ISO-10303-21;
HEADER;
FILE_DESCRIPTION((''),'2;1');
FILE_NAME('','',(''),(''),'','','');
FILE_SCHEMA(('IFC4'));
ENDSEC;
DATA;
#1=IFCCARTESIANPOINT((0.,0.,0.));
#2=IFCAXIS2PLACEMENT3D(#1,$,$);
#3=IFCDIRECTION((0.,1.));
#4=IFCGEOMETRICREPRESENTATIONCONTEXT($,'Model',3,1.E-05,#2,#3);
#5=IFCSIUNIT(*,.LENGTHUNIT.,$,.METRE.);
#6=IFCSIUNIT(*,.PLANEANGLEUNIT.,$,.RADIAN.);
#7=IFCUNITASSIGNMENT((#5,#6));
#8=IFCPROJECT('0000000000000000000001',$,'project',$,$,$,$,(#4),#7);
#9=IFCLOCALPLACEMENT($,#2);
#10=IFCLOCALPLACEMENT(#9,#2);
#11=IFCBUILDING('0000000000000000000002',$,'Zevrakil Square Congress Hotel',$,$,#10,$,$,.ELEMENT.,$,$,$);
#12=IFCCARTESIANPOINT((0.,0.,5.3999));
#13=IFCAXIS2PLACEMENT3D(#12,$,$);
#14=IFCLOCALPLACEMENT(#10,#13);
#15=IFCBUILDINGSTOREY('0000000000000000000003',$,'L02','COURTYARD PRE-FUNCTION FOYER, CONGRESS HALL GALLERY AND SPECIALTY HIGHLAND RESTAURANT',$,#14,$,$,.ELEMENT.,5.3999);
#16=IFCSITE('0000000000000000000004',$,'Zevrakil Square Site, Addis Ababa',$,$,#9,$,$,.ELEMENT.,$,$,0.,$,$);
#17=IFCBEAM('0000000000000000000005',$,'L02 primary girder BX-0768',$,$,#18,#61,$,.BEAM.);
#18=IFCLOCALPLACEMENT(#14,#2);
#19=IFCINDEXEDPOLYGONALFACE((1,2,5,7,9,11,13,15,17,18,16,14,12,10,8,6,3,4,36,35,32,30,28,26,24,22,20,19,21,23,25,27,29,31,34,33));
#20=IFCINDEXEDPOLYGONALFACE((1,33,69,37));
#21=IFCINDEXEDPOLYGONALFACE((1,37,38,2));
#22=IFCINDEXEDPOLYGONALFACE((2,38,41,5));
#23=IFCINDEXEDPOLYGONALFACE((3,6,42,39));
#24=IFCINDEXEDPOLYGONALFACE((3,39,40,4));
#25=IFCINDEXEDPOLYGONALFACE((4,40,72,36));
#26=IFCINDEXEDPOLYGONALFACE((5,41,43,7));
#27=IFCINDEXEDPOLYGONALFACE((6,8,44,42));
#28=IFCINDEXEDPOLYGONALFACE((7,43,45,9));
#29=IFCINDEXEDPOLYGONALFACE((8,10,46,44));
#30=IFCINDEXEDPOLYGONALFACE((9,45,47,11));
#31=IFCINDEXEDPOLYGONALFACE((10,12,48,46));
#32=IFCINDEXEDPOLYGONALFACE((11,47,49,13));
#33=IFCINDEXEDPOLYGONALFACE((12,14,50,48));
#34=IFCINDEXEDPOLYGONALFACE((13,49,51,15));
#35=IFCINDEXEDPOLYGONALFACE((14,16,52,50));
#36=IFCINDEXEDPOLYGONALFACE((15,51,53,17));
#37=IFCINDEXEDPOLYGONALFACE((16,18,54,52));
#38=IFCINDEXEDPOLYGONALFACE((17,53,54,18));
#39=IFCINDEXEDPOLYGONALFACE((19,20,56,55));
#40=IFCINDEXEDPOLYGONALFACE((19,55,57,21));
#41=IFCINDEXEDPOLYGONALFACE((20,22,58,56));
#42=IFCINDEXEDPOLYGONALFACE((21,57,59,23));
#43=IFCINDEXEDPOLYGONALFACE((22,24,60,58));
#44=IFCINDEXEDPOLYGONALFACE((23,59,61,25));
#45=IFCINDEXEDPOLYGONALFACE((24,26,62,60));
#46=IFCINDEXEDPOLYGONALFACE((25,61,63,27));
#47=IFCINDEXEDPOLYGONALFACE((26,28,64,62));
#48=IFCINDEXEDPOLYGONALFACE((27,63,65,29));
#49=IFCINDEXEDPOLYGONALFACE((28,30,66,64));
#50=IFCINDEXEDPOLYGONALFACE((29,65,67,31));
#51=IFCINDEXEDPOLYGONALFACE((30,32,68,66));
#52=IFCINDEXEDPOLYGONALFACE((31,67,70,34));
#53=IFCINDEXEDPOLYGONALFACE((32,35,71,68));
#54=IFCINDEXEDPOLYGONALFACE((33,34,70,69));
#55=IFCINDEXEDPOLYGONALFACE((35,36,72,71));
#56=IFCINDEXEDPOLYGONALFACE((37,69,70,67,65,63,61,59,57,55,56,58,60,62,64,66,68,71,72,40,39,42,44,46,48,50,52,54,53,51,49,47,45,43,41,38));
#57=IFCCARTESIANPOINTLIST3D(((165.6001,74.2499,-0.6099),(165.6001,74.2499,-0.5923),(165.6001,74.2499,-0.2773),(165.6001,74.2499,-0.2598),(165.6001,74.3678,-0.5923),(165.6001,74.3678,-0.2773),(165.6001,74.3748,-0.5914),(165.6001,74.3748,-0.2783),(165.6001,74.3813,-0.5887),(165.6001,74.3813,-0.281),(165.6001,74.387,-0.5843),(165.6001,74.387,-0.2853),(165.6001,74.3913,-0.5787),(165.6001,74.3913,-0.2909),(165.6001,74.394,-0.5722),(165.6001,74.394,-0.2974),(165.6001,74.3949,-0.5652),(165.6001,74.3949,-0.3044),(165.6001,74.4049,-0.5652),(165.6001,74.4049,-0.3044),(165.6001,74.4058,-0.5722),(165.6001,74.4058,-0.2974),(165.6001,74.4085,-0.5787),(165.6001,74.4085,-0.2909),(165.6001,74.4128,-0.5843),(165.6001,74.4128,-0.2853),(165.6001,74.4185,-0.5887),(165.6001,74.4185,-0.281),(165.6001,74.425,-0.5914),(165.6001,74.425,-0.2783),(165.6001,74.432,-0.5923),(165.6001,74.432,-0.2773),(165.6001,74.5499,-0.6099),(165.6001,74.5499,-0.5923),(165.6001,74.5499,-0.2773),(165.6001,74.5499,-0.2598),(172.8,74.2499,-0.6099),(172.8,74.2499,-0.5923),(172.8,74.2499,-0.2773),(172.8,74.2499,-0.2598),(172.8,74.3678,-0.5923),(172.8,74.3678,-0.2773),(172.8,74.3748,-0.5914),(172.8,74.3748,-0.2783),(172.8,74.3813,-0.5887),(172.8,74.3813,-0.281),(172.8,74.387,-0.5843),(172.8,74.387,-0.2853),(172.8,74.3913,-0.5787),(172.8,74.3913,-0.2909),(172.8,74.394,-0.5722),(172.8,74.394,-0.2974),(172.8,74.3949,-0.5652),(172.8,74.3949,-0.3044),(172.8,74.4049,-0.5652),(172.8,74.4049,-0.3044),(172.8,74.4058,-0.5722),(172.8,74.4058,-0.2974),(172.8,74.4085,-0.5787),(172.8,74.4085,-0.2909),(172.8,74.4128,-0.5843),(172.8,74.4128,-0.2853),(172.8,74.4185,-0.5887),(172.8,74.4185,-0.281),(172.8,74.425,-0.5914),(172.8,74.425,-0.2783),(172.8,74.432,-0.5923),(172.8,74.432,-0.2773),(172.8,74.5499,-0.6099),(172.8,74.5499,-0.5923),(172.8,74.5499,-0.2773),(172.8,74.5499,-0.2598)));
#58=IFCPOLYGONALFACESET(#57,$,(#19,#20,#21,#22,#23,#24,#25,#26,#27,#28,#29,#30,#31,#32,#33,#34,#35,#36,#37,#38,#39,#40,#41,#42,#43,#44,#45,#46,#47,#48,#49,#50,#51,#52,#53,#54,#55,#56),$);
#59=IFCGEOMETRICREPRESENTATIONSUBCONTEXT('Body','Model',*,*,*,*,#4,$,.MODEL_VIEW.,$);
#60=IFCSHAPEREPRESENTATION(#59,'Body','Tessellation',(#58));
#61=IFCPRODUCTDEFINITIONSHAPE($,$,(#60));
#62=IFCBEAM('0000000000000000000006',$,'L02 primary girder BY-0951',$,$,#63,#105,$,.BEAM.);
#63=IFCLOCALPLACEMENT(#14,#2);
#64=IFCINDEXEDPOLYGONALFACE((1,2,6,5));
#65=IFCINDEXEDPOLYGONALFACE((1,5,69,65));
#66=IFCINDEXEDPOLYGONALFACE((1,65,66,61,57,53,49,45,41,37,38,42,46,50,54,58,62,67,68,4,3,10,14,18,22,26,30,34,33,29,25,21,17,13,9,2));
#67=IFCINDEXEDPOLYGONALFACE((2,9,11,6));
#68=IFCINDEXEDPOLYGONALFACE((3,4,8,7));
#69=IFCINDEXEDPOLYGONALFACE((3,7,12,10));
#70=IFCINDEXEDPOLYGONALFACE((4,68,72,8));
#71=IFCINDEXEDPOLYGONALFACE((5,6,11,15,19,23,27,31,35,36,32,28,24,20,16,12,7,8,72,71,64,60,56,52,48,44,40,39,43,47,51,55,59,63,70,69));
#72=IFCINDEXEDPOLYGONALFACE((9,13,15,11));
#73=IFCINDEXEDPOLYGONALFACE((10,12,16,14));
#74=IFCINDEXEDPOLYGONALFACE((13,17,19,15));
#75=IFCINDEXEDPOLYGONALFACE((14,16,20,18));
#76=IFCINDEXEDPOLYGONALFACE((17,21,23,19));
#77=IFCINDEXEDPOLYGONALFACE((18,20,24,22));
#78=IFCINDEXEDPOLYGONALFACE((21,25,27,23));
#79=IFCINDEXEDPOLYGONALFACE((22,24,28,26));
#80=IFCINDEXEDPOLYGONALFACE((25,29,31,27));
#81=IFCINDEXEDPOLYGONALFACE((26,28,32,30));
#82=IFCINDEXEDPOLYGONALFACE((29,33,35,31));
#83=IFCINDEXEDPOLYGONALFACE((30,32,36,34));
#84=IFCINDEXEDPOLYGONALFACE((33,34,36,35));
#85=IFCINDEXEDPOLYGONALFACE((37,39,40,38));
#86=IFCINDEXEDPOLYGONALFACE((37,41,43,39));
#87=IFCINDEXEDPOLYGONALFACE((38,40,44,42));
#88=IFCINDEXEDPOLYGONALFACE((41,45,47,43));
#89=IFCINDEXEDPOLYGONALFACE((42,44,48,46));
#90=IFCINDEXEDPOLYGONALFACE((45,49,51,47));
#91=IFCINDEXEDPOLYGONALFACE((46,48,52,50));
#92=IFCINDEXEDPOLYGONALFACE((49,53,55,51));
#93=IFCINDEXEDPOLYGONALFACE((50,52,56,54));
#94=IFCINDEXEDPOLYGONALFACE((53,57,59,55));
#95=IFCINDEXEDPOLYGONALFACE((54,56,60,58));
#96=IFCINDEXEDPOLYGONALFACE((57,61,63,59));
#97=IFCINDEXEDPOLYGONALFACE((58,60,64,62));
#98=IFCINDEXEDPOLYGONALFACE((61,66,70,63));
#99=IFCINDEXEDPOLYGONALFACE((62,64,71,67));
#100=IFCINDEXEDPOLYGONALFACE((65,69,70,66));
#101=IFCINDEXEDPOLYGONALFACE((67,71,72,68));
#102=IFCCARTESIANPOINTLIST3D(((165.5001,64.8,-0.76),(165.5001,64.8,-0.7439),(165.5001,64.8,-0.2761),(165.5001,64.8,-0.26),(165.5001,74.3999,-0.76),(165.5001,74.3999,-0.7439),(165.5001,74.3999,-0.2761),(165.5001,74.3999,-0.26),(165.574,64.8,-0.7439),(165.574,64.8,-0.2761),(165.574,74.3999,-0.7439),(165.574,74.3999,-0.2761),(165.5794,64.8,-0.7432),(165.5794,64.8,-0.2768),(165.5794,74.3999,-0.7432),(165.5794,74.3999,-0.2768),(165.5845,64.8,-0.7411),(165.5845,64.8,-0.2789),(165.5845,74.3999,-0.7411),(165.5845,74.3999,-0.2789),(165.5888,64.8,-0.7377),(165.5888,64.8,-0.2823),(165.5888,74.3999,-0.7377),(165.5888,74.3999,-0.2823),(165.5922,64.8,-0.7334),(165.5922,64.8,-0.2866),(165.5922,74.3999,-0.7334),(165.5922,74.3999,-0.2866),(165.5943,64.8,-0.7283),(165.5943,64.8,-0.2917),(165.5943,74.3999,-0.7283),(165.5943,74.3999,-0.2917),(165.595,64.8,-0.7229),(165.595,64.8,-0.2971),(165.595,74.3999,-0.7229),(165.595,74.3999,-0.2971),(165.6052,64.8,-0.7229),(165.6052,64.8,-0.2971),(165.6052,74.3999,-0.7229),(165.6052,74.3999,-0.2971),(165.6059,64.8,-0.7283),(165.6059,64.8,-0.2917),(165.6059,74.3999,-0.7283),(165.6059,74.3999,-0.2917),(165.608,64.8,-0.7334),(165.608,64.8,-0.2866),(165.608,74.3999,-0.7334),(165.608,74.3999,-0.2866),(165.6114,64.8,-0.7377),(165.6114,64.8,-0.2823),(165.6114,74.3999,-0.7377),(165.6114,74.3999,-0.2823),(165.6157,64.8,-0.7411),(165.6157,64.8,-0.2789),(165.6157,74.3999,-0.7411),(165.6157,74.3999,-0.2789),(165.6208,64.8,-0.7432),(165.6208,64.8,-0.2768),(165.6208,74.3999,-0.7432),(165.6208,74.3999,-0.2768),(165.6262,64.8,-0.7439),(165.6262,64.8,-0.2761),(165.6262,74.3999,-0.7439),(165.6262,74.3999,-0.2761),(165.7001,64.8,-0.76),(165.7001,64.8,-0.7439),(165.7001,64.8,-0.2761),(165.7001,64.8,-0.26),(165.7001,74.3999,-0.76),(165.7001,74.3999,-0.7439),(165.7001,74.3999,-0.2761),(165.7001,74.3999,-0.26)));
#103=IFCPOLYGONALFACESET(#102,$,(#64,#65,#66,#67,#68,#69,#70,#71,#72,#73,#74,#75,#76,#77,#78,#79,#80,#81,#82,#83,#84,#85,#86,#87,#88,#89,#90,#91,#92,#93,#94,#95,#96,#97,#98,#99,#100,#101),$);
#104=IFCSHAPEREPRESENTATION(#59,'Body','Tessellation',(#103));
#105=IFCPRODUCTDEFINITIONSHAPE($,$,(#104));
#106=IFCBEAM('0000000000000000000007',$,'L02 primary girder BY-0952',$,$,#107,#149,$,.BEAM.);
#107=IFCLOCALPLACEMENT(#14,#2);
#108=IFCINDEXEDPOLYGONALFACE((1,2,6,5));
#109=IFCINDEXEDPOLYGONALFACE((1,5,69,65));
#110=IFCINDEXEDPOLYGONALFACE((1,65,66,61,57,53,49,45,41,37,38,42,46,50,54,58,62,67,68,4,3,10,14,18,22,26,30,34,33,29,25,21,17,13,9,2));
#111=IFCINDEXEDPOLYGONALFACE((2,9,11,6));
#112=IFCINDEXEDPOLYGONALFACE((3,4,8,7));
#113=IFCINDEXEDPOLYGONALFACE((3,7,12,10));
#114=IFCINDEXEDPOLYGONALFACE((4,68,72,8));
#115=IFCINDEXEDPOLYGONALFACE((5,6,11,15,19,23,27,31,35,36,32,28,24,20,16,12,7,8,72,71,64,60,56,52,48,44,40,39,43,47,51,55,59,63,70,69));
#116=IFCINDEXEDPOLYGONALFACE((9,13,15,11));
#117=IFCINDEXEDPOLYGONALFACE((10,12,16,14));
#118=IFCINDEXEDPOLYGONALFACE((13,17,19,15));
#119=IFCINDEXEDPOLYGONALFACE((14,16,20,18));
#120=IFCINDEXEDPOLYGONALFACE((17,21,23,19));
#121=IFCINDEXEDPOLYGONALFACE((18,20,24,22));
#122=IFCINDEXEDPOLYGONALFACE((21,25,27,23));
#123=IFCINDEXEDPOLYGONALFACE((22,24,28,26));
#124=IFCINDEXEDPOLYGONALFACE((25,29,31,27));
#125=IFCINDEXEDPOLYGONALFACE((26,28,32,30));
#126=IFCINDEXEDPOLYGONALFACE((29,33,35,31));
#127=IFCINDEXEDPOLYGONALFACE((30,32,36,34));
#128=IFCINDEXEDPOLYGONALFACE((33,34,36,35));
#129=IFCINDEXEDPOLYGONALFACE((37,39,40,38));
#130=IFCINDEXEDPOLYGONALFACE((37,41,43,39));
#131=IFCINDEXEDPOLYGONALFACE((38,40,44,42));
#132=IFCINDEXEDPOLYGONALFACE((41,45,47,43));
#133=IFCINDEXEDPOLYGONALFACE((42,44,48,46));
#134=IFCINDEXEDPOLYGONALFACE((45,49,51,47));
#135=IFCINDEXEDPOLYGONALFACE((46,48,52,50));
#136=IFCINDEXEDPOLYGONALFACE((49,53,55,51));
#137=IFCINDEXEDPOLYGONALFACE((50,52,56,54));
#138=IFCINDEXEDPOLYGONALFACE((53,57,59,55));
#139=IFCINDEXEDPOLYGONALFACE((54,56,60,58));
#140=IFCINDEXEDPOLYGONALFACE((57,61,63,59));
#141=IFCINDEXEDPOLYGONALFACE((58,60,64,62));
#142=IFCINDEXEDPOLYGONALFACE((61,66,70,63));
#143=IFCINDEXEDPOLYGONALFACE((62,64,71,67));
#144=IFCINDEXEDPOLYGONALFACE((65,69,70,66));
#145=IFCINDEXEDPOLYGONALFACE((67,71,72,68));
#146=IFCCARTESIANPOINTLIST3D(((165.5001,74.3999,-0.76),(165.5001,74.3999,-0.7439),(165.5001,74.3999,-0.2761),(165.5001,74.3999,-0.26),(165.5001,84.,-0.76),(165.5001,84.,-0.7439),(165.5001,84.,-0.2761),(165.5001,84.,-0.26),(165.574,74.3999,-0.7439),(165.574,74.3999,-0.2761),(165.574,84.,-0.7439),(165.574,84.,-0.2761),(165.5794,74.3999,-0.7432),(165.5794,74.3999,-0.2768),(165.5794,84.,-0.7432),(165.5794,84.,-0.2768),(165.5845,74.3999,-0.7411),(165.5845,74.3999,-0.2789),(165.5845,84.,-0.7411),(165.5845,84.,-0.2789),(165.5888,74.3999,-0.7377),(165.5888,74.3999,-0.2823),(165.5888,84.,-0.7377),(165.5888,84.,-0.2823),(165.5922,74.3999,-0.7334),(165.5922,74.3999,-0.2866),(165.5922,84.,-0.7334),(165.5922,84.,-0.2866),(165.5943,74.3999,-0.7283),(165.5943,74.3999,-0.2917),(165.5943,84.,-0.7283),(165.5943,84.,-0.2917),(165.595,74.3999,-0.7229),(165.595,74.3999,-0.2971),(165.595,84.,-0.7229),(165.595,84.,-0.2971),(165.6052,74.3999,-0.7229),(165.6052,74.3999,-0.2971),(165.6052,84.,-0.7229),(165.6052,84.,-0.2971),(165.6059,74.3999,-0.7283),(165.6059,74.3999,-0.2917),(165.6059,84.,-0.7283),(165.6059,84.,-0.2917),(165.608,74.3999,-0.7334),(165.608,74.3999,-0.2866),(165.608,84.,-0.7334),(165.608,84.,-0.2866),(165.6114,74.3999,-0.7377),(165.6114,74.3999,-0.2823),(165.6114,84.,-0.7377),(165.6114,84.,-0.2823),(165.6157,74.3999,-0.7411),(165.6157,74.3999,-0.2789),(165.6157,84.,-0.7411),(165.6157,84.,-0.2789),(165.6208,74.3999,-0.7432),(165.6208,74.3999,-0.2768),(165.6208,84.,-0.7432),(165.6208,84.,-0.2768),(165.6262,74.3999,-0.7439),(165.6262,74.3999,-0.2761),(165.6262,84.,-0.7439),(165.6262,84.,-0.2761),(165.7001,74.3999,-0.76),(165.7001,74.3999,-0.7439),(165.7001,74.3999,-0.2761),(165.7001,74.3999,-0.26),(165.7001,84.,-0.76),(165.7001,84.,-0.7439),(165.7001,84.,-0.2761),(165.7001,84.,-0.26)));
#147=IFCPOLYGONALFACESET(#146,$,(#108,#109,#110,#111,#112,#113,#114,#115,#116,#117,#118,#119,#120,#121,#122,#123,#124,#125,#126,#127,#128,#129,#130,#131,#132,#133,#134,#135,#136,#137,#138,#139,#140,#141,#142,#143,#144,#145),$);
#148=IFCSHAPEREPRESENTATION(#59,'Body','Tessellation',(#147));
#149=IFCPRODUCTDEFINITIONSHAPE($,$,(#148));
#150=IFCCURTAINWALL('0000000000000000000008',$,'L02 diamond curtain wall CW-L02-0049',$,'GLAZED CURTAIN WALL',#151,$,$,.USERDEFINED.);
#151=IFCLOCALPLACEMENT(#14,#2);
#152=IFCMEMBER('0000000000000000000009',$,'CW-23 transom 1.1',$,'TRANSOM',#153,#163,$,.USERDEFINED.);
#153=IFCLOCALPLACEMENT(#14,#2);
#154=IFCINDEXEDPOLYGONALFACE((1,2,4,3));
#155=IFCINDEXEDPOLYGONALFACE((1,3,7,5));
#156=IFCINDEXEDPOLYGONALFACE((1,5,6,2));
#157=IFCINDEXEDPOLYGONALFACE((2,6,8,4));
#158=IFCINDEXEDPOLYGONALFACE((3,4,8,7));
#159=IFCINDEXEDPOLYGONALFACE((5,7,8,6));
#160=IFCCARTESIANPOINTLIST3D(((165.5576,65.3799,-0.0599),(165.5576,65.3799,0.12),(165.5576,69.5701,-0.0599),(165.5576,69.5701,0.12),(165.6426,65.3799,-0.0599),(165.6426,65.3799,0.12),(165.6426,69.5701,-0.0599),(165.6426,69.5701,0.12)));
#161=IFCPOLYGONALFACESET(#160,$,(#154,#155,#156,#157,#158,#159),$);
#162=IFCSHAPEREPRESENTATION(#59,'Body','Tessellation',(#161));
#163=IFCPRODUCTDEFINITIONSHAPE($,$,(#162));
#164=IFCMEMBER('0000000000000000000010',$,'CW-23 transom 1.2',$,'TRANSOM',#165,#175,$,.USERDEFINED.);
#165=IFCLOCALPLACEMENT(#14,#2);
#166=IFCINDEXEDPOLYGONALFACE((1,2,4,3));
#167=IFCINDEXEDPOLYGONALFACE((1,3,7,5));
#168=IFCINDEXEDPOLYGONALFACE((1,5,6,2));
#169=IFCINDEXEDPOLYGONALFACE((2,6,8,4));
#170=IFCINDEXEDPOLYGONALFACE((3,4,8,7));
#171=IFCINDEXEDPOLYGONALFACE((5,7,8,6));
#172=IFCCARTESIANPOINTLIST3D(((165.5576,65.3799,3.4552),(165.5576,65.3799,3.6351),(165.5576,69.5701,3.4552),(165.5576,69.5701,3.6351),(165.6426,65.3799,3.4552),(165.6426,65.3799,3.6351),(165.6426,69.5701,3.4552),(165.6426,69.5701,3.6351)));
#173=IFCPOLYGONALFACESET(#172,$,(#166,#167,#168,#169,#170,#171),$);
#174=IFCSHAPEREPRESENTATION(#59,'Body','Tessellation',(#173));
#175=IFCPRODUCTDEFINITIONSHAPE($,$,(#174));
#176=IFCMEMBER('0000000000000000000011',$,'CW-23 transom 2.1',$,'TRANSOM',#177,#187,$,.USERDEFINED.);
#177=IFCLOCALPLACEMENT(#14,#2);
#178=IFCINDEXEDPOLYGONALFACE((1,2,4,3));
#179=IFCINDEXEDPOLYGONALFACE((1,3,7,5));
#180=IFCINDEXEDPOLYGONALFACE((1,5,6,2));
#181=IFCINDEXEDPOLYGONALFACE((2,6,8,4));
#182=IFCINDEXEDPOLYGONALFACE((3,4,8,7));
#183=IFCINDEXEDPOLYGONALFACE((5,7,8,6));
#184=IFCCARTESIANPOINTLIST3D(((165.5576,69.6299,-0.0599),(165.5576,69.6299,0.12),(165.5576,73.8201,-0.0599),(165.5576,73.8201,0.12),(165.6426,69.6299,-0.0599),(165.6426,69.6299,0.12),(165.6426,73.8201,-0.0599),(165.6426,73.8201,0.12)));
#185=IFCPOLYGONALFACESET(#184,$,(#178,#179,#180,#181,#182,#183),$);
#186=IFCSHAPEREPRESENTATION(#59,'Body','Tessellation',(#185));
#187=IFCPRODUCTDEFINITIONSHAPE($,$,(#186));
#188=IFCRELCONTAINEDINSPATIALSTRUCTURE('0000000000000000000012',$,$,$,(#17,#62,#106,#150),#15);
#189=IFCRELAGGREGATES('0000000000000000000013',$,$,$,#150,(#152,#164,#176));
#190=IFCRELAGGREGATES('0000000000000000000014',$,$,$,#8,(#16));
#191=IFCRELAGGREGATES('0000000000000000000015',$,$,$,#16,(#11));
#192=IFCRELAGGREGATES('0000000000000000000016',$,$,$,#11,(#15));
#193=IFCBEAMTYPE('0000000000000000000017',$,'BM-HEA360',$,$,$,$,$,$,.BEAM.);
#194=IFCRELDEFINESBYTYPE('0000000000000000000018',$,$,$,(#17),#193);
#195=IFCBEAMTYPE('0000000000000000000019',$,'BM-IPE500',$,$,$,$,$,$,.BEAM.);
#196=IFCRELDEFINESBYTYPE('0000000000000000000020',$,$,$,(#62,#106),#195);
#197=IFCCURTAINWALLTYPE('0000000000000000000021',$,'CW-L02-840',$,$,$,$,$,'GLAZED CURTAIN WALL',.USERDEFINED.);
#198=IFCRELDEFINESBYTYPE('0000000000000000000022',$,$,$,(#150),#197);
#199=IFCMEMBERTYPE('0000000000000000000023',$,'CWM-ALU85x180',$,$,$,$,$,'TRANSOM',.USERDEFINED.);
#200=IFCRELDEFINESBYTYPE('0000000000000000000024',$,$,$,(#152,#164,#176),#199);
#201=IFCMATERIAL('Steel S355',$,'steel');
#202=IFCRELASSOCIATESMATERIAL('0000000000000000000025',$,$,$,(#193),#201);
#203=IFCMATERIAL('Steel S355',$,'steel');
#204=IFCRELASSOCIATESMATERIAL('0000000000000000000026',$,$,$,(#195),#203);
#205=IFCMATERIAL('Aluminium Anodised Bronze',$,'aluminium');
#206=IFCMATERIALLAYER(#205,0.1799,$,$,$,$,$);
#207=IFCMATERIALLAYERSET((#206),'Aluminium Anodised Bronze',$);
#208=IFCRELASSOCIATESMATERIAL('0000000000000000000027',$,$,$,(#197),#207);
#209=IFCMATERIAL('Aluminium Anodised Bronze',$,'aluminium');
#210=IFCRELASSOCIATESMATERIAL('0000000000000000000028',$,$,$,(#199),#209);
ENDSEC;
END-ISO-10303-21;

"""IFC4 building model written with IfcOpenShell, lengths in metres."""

from ifc_helpers import new_model, si_unit, direction, frame, origin, origin_2d, place, context, subcontext, project, spatial, rectangle, i_section, extrude, material, layer, layer_set, material_profile, profile_set, type_object, element, aggregate, save


model = new_model("IFC4")

# Units and contexts
model_context = context("Model", 3, precision=1e-05, world=origin(), true_north=direction((0.0, 1.0)))
body_context = subcontext(model_context, "Body", "Model", "MODEL_VIEW")
ifc_project = project(units=[si_unit("LENGTHUNIT", "METRE"), si_unit("PLANEANGLEUNIT", "RADIAN")], contexts=[model_context])

# Site, building, storey
site_placement = place(None, origin())
site = spatial("IfcSite", under=ifc_project, at=site_placement, Name="Zevrakil Square Site, Addis Ababa", CompositionType="ELEMENT", RefElevation=0.0)
building_placement = place(site_placement, origin())
building = spatial("IfcBuilding", under=site, at=building_placement, Name="Zevrakil Square Congress Hotel", CompositionType="ELEMENT")
storey_placement = place(building_placement, frame((0.0, 0.0, 5.3999)))
storey = spatial("IfcBuildingStorey", under=building, at=storey_placement, Name="L02", Description="COURTYARD PRE-FUNCTION FOYER, CONGRESS HALL GALLERY AND SPECIALTY HIGHLAND RESTAURANT", CompositionType="ELEMENT", Elevation=5.3999)

# Beams
ifc_material_1 = material(Name="Steel S355", Category="steel")
ifc_material_profile_1 = material_profile(ifc_material_1, i_section(OverallWidth=0.3, OverallDepth=0.3501, WebThickness=0.01, FlangeThickness=0.0176, FilletRadius=0.0271, at=origin_2d()), Name="HEA 360")
ifc_profile_set_1 = profile_set([ifc_material_profile_1], Name="Steel S355")
beam_type_1 = type_object("IfcBeamType", Name="BM-HEA360", PredefinedType="BEAM", material=ifc_profile_set_1)
for number, where, z_axis, x_axis, name in (
    (1, (165.6001, 74.3999, -0.4348), (1.0, 0.0, 0.0), (0.0, 1.0, 0.0), "L02 primary girder BX-0768"),
):
    element("IfcBeam", number, at=place(storey_placement, frame(where, z_axis=z_axis, x_axis=x_axis)), inside=storey, type_object=beam_type_1, Name=name, PredefinedType="BEAM", context=body_context, shape_type="SweptSolid", body=[
        extrude(i_section(OverallWidth=0.3, OverallDepth=0.3501, WebThickness=0.01, FlangeThickness=0.0176, FilletRadius=0.0271, at=origin_2d()), origin(), (0.0, 0.0, 1.0), 7.2),
    ])
ifc_material_2 = material(Name="Steel S355", Category="steel")
ifc_material_profile_2 = material_profile(ifc_material_2, i_section(OverallWidth=0.2, OverallDepth=0.5, WebThickness=0.0103, FlangeThickness=0.0161, FilletRadius=0.021, at=origin_2d()), Name="IPE 500")
ifc_profile_set_2 = profile_set([ifc_material_profile_2], Name="Steel S355")
beam_type_2 = type_object("IfcBeamType", Name="BM-IPE500", PredefinedType="BEAM", material=ifc_profile_set_2)
beam_1_placement = place(storey_placement, frame((165.6001, 64.8, -0.51), z_axis=(0.0, 1.0, 0.0), x_axis=(-1.0, 0.0, 0.0)))
element("IfcBeam", 2, at=beam_1_placement, inside=storey, type_object=beam_type_2, Name="L02 primary girder BY-0951", PredefinedType="BEAM", context=body_context, shape_type="SweptSolid", body=[
    extrude(i_section(OverallWidth=0.2, OverallDepth=0.5, WebThickness=0.0103, FlangeThickness=0.0161, FilletRadius=0.021, at=origin_2d()), origin(), (0.0, 0.0, 1.0), 9.5999),
])
beam_2_placement = place(storey_placement, frame((165.6001, 74.3999, -0.51), z_axis=(0.0, 1.0, 0.0), x_axis=(-1.0, 0.0, 0.0)))
element("IfcBeam", 3, at=beam_2_placement, inside=storey, type_object=beam_type_2, Name="L02 primary girder BY-0952", PredefinedType="BEAM", context=body_context, shape_type="SweptSolid", body=[
    extrude(i_section(OverallWidth=0.2, OverallDepth=0.5, WebThickness=0.0103, FlangeThickness=0.0161, FilletRadius=0.021, at=origin_2d()), origin(), (0.0, 0.0, 1.0), 9.6001),
])

# Curtain wall, members
ifc_material_3 = material(Name="Aluminium Anodised Bronze", Category="aluminium")
ifc_layer_1 = layer(ifc_material_3, 0.1799)
ifc_layer_set_1 = layer_set([ifc_layer_1], Name="Aluminium Anodised Bronze")
curtain_wall_type = type_object("IfcCurtainWallType", Name="CW-L02-840", ElementType="GLAZED CURTAIN WALL", PredefinedType="USERDEFINED", material=ifc_layer_set_1)
curtain_wall_1_placement = place(storey_placement, origin())
curtain_wall_1 = element("IfcCurtainWall", 4, at=curtain_wall_1_placement, inside=storey, type_object=curtain_wall_type, Name="L02 diamond curtain wall CW-L02-0049", ObjectType="GLAZED CURTAIN WALL", PredefinedType="USERDEFINED")
ifc_material_4 = material(Name="Aluminium Anodised Bronze", Category="aluminium")
ifc_material_profile_3 = material_profile(ifc_material_4, rectangle(XDim=0.085, YDim=0.1799, at=origin_2d()), Name="ALU 85x180")
ifc_profile_set_3 = profile_set([ifc_material_profile_3], Name="Aluminium Anodised Bronze")
member_type_1 = type_object("IfcMemberType", Name="CWM-ALU85x180", ElementType="TRANSOM", PredefinedType="USERDEFINED", material=ifc_profile_set_3)
member_1_placement = place(storey_placement, frame((165.6001, 65.3799, 0.03), z_axis=(0.0, 1.0, 0.0), x_axis=(-1.0, 0.0, 0.0)))
member_1 = element("IfcMember", 5, at=member_1_placement, type_object=member_type_1, Name="CW-23 transom 1.1", ObjectType="TRANSOM", PredefinedType="USERDEFINED", context=body_context, shape_type="SweptSolid", body=[
    extrude(rectangle(XDim=0.085, YDim=0.1799, at=origin_2d()), origin(), (0.0, 0.0, 1.0), 4.1902),
])
member_2_placement = place(storey_placement, frame((165.6001, 65.3799, 3.5452), z_axis=(0.0, 1.0, 0.0), x_axis=(-1.0, 0.0, 0.0)))
member_2 = element("IfcMember", 6, at=member_2_placement, type_object=member_type_1, Name="CW-23 transom 1.2", ObjectType="TRANSOM", PredefinedType="USERDEFINED", context=body_context, shape_type="SweptSolid", body=[
    extrude(rectangle(XDim=0.085, YDim=0.1799, at=origin_2d()), origin(), (0.0, 0.0, 1.0), 4.1902),
])
member_3_placement = place(storey_placement, frame((165.6001, 69.6299, 0.03), z_axis=(0.0, 1.0, 0.0), x_axis=(-1.0, 0.0, 0.0)))
member_3 = element("IfcMember", 7, at=member_3_placement, type_object=member_type_1, Name="CW-23 transom 2.1", ObjectType="TRANSOM", PredefinedType="USERDEFINED", context=body_context, shape_type="SweptSolid", body=[
    extrude(rectangle(XDim=0.085, YDim=0.1799, at=origin_2d()), origin(), (0.0, 0.0, 1.0), 4.1902),
])

aggregate(curtain_wall_1, [member_1, member_2, member_3])

save(model, "model.ifc")
